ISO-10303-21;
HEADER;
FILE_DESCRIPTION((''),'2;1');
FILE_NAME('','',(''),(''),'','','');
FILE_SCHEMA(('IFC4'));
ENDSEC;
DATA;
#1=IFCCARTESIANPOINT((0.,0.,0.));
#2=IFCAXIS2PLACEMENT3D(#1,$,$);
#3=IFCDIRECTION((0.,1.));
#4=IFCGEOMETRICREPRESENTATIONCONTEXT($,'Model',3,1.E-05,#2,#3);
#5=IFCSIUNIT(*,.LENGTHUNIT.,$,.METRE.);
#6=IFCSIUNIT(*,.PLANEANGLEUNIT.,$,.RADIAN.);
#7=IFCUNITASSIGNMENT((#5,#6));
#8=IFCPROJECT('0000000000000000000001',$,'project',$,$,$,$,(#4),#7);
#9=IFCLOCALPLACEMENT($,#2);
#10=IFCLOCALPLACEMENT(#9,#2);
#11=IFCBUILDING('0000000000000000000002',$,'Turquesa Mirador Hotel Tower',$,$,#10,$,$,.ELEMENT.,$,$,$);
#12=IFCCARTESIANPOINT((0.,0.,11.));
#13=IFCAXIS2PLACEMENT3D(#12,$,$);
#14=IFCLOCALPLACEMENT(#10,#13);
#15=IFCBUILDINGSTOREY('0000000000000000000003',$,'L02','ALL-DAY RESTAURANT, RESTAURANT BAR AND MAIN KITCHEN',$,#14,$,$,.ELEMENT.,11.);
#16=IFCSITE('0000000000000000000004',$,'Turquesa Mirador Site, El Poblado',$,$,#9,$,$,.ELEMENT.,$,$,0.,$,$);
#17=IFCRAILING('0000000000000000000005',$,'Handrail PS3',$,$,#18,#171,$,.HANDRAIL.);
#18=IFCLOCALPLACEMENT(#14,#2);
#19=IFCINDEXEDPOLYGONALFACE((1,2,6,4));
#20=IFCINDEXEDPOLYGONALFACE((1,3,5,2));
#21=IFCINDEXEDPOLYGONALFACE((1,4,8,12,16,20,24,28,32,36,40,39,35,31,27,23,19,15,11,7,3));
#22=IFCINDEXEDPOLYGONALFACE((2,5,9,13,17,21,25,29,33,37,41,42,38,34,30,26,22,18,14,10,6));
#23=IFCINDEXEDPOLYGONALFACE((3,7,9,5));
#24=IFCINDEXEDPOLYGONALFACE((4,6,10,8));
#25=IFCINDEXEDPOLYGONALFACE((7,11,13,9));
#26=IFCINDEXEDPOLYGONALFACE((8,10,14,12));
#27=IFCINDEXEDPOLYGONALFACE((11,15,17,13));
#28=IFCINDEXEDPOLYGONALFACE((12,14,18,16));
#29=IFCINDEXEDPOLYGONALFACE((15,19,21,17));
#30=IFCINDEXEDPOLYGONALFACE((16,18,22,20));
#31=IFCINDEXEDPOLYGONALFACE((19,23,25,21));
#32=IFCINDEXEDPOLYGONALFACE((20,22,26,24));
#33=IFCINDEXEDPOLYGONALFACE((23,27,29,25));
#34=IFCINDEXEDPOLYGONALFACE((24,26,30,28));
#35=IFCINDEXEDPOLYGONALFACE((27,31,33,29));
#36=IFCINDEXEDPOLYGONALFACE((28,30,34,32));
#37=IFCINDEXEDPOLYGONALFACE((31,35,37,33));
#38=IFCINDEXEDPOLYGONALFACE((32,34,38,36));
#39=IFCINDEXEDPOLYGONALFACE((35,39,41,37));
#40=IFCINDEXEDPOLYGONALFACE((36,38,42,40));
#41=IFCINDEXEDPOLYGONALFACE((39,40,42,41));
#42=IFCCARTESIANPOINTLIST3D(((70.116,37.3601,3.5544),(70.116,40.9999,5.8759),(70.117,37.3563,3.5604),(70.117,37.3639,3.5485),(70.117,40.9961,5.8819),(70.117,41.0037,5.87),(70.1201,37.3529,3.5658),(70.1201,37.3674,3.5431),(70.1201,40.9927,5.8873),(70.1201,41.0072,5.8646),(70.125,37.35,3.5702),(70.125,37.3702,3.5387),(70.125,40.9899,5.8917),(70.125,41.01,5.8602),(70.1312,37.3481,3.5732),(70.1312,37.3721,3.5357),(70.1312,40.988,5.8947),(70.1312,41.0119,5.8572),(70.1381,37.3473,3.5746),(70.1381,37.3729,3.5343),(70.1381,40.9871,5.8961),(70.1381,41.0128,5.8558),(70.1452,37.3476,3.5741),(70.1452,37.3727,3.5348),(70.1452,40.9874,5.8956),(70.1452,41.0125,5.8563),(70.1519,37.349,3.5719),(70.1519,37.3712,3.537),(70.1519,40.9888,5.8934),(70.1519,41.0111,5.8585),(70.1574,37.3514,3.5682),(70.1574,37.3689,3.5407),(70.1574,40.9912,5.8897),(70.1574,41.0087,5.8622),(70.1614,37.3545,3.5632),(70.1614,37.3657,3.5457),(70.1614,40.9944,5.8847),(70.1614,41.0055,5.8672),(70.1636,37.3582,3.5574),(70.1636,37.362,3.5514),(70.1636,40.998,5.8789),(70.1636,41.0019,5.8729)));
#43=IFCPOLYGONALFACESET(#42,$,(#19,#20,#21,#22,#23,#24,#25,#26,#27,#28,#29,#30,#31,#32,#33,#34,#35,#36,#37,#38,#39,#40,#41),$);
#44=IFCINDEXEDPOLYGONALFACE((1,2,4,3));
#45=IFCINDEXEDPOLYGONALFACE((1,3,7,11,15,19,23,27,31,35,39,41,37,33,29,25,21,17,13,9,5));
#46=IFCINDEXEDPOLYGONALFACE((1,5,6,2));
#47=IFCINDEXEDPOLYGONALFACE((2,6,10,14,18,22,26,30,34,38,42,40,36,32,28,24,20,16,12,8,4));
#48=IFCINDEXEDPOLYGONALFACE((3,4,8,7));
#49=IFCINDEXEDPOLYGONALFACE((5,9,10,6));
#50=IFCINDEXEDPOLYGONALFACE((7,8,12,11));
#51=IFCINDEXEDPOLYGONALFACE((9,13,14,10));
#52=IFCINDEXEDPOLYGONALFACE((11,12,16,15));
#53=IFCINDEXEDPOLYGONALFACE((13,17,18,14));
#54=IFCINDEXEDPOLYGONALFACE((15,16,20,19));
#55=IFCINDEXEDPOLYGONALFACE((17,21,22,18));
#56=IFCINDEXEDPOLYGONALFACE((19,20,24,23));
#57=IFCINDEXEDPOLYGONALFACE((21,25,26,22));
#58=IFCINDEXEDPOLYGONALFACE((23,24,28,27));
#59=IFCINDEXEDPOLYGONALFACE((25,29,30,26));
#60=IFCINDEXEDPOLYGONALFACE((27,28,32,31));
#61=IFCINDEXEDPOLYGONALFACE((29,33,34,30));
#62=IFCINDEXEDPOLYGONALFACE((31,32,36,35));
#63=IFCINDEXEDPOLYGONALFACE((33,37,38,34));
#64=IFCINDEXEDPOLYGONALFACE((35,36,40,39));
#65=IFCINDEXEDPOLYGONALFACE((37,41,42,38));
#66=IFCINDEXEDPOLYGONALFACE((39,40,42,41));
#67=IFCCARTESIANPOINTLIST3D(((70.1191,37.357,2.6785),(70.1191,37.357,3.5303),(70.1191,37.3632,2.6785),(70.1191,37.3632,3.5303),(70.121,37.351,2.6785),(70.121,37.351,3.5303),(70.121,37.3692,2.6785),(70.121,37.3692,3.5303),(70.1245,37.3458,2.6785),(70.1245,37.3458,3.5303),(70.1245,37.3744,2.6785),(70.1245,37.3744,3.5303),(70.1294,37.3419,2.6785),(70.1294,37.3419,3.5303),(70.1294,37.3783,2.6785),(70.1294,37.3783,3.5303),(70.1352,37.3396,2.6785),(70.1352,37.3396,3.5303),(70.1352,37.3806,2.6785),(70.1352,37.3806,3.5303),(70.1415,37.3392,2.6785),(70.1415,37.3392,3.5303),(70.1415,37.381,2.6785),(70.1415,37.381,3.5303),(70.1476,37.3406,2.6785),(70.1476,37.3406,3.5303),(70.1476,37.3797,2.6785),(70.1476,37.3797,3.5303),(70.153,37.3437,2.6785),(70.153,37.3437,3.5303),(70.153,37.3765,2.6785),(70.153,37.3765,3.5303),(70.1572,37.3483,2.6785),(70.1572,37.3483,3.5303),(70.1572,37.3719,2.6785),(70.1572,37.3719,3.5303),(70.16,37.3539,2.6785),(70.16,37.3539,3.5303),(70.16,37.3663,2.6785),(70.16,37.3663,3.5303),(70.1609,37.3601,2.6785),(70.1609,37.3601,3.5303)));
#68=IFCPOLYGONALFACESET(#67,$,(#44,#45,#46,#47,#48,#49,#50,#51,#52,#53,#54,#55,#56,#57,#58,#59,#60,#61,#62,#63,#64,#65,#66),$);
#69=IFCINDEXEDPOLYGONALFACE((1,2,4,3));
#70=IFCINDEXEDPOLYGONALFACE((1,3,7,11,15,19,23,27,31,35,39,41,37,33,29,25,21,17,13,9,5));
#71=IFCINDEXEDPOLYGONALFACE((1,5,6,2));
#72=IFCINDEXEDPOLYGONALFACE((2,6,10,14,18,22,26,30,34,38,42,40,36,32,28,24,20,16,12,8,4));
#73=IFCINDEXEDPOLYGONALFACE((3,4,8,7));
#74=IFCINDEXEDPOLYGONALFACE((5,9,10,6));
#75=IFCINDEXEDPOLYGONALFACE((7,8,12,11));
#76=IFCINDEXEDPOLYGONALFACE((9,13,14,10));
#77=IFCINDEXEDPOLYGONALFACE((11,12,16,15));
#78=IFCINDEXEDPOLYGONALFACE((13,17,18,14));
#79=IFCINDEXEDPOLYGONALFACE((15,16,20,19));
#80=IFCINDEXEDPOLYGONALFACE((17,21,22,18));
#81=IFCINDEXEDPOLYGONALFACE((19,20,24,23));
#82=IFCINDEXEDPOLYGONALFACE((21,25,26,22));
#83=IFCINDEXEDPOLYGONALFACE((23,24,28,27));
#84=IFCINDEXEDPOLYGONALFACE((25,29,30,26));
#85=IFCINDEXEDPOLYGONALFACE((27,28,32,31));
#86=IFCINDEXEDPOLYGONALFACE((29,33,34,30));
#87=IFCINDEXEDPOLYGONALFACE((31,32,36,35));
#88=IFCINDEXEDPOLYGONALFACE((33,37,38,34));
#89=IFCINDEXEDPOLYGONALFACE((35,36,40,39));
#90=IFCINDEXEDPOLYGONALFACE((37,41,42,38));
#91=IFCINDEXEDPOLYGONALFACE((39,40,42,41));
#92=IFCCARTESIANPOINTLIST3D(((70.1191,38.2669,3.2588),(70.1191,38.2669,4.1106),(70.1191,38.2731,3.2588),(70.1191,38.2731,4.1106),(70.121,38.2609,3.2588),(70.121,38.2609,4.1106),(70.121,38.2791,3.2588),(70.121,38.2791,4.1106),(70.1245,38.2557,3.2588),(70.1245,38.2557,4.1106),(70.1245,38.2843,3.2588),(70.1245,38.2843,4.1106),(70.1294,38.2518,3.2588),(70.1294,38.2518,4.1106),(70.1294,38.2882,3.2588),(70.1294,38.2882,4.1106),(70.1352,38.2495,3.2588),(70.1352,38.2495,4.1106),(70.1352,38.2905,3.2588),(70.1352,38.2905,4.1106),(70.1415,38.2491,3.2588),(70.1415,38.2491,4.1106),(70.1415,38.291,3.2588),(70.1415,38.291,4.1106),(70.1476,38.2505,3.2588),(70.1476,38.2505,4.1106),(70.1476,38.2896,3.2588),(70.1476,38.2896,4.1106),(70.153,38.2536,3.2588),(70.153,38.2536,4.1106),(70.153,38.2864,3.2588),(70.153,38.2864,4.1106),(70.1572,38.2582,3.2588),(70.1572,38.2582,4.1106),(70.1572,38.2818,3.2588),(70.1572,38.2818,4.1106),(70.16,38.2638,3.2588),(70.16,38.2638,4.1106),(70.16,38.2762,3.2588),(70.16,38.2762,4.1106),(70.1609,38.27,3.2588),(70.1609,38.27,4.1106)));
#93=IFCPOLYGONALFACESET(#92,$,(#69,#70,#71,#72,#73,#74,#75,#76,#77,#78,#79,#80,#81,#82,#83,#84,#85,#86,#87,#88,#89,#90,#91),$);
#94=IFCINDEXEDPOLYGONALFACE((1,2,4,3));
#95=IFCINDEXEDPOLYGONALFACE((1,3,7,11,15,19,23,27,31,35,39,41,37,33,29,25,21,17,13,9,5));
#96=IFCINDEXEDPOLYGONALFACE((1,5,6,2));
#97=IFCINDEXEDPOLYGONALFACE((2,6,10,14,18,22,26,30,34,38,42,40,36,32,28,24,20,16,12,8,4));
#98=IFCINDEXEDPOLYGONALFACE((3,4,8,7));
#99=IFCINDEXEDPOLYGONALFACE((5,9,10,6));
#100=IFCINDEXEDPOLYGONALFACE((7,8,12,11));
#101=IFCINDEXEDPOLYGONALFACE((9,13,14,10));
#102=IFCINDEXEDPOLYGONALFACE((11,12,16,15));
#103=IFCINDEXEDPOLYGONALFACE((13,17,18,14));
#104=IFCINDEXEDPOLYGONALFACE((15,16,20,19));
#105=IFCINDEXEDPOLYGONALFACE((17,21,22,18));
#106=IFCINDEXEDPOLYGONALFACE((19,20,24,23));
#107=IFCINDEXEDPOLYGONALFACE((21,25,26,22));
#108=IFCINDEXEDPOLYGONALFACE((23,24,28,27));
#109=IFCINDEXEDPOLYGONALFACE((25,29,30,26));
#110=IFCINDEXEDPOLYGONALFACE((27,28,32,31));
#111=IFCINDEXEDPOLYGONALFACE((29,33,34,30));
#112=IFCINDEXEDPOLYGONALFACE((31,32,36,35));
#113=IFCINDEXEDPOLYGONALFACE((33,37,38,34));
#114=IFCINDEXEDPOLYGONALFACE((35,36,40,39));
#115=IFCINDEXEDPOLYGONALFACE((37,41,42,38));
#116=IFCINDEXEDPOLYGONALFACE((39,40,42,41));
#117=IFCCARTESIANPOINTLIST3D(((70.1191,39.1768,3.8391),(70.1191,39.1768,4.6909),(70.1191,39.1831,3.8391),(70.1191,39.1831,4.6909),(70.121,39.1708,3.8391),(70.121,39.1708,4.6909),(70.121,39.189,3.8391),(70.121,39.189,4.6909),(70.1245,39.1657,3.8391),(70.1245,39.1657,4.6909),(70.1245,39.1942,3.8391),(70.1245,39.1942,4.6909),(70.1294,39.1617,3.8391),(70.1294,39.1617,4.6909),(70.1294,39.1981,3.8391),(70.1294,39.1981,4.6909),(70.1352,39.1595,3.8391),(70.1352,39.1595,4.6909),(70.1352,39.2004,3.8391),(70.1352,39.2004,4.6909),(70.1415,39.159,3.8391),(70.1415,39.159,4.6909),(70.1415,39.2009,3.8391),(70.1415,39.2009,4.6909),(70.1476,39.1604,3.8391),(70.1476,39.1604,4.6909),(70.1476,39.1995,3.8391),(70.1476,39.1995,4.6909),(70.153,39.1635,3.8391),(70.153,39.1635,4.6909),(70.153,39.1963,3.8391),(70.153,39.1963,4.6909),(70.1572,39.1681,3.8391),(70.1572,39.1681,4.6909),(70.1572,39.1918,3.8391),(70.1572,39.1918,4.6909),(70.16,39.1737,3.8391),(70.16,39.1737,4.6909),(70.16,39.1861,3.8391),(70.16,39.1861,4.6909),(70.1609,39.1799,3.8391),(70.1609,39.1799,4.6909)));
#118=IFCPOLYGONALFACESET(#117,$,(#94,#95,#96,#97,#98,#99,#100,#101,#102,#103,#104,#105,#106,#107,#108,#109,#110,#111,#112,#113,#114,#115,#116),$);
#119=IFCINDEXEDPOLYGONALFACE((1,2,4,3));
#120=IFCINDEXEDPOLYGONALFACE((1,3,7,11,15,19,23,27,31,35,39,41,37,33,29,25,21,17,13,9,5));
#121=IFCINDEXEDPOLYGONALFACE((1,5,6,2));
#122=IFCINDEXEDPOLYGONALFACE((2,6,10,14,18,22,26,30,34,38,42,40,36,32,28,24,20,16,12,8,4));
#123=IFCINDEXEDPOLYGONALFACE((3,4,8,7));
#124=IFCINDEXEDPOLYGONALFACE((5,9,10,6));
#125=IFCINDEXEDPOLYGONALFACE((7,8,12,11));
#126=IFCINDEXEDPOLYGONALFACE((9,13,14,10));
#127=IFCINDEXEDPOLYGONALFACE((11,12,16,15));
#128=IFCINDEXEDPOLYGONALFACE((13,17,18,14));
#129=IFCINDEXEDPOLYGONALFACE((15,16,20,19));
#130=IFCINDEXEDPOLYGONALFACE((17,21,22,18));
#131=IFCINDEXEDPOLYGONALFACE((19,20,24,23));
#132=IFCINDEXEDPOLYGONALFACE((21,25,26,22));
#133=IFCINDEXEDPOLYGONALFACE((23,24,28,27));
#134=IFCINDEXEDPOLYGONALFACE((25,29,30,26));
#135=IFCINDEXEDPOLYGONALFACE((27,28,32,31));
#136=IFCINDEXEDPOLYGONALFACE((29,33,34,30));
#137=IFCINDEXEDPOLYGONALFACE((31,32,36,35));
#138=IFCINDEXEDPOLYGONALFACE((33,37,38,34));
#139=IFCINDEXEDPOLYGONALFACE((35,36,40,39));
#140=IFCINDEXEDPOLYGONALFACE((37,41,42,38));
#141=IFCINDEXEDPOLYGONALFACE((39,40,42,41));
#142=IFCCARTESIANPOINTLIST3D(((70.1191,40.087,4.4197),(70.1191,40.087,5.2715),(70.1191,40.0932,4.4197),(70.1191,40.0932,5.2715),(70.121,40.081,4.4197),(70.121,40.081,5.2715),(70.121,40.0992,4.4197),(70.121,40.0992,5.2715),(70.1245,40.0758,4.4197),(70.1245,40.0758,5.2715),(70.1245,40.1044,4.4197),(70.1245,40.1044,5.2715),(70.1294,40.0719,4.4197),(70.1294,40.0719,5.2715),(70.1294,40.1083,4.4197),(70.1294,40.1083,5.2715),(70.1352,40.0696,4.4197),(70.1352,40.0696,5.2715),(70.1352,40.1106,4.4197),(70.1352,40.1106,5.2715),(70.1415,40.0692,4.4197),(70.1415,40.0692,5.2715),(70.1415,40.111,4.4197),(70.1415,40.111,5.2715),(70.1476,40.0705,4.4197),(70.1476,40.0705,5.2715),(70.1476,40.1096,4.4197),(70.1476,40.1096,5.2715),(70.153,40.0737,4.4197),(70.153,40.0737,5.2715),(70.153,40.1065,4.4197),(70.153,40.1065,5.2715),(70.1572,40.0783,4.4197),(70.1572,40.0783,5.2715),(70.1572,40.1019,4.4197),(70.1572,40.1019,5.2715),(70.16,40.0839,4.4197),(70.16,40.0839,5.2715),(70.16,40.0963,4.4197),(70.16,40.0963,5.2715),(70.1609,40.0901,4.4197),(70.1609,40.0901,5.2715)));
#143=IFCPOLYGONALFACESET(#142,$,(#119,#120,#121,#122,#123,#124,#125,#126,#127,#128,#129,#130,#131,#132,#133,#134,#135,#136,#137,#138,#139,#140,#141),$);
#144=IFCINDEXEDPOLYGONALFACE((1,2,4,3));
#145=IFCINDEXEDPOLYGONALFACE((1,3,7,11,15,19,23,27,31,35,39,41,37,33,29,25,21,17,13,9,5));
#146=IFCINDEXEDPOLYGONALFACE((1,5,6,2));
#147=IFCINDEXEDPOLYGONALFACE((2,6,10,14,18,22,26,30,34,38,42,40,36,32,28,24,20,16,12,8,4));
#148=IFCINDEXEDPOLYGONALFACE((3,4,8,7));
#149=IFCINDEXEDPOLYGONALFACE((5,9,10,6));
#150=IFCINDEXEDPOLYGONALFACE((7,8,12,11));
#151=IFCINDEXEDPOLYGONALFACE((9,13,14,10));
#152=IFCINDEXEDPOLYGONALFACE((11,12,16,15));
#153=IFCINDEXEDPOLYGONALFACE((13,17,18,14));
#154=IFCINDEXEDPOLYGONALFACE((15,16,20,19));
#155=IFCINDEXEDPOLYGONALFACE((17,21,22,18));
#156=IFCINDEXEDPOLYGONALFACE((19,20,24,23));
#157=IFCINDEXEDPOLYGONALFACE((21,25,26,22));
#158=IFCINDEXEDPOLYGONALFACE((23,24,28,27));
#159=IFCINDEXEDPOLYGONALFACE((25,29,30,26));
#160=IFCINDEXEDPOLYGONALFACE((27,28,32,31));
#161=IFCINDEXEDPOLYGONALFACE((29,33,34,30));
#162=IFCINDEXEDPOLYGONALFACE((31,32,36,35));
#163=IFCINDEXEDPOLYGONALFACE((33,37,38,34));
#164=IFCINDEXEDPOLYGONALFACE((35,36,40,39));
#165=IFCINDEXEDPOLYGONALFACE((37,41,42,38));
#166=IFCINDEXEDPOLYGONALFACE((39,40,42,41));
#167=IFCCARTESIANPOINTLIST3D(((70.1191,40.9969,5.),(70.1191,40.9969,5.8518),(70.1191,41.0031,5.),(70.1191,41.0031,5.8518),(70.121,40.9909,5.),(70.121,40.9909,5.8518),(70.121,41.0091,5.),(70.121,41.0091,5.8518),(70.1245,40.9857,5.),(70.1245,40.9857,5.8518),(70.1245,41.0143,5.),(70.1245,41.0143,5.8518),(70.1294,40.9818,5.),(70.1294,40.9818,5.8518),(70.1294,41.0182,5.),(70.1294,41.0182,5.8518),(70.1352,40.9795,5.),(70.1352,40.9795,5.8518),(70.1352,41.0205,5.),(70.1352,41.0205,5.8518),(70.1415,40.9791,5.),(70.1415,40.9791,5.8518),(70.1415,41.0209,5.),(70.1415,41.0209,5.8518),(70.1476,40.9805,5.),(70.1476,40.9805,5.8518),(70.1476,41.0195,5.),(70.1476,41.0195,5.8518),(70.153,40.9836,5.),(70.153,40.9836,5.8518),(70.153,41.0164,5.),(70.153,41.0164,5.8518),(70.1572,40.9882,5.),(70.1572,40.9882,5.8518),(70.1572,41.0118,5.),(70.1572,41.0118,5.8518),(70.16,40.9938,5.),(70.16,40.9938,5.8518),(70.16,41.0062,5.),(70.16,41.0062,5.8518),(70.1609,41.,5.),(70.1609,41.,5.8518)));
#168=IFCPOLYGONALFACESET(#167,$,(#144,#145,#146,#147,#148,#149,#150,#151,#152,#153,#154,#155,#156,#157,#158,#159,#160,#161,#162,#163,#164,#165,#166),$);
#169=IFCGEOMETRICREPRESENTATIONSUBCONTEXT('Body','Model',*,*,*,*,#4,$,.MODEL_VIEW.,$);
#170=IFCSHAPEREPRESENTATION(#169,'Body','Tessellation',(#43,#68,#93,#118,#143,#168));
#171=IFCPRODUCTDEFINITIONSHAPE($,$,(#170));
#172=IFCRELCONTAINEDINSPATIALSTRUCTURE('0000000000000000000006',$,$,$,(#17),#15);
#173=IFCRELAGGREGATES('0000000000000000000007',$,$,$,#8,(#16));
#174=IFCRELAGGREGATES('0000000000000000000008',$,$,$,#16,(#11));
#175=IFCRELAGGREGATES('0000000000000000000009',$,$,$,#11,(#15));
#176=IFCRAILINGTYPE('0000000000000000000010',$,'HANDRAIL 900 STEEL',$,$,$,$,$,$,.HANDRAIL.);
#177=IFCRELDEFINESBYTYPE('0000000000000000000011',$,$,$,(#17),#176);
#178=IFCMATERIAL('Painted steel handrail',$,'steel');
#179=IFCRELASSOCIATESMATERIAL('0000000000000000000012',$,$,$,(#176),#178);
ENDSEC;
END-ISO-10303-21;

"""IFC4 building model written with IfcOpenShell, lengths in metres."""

from ifc_helpers import new_model, si_unit, direction, frame, origin, origin_2d, place, context, subcontext, project, spatial, circle, extrude, material, type_object, element, save


model = new_model("IFC4")

# Units and contexts
model_context = context("Model", 3, precision=1e-05, world=origin(), true_north=direction((0.0, 1.0)))
body_context = subcontext(model_context, "Body", "Model", "MODEL_VIEW")
ifc_project = project(units=[si_unit("LENGTHUNIT", "METRE"), si_unit("PLANEANGLEUNIT", "RADIAN")], contexts=[model_context])

# Site, building, storey
site_placement = place(None, origin())
site = spatial("IfcSite", under=ifc_project, at=site_placement, Name="Turquesa Mirador Site, El Poblado", CompositionType="ELEMENT", RefElevation=0.0)
building_placement = place(site_placement, origin())
building = spatial("IfcBuilding", under=site, at=building_placement, Name="Turquesa Mirador Hotel Tower", CompositionType="ELEMENT")
storey_placement = place(building_placement, frame((0.0, 0.0, 11.0)))
storey = spatial("IfcBuildingStorey", under=building, at=storey_placement, Name="L02", Description="ALL-DAY RESTAURANT, RESTAURANT BAR AND MAIN KITCHEN", CompositionType="ELEMENT", Elevation=11.0)

# Railing
ifc_material_1 = material(Name="Painted steel handrail", Category="steel")
railing_type = type_object("IfcRailingType", Name="HANDRAIL 900 STEEL", PredefinedType="HANDRAIL", material=ifc_material_1)
railing_1_placement = place(storey_placement, frame((70.1399, 37.3601, 2.6785)))
element("IfcRailing", 1, at=railing_1_placement, inside=storey, type_object=railing_type, Name="Handrail PS3", PredefinedType="HANDRAIL", context=body_context, shape_type="SweptSolid", body=[
    extrude(circle(Radius=0.0239, at=origin_2d()), frame((0.0, 0.0, 0.876), z_axis=(0.0, 0.843112, 0.537739), x_axis=(-1.0, 0.0, 0.0)), (0.0, 0.0, 1.0), 4.3171),
    extrude(circle(Radius=0.021, at=origin_2d()), origin(), (0.0, 0.0, 1.0), 0.8518),
    extrude(circle(Radius=0.021, at=origin_2d()), frame((0.0, 0.9099, 0.5803)), (0.0, 0.0, 1.0), 0.8518),
    extrude(circle(Radius=0.021, at=origin_2d()), frame((0.0, 1.8198, 1.1606)), (0.0, 0.0, 1.0), 0.8518),
    extrude(circle(Radius=0.021, at=origin_2d()), frame((0.0, 2.73, 1.7412)), (0.0, 0.0, 1.0), 0.8518),
    extrude(circle(Radius=0.021, at=origin_2d()), frame((0.0, 3.6399, 2.3215)), (0.0, 0.0, 1.0), 0.8518),
])

save(model, "model.ifc")
